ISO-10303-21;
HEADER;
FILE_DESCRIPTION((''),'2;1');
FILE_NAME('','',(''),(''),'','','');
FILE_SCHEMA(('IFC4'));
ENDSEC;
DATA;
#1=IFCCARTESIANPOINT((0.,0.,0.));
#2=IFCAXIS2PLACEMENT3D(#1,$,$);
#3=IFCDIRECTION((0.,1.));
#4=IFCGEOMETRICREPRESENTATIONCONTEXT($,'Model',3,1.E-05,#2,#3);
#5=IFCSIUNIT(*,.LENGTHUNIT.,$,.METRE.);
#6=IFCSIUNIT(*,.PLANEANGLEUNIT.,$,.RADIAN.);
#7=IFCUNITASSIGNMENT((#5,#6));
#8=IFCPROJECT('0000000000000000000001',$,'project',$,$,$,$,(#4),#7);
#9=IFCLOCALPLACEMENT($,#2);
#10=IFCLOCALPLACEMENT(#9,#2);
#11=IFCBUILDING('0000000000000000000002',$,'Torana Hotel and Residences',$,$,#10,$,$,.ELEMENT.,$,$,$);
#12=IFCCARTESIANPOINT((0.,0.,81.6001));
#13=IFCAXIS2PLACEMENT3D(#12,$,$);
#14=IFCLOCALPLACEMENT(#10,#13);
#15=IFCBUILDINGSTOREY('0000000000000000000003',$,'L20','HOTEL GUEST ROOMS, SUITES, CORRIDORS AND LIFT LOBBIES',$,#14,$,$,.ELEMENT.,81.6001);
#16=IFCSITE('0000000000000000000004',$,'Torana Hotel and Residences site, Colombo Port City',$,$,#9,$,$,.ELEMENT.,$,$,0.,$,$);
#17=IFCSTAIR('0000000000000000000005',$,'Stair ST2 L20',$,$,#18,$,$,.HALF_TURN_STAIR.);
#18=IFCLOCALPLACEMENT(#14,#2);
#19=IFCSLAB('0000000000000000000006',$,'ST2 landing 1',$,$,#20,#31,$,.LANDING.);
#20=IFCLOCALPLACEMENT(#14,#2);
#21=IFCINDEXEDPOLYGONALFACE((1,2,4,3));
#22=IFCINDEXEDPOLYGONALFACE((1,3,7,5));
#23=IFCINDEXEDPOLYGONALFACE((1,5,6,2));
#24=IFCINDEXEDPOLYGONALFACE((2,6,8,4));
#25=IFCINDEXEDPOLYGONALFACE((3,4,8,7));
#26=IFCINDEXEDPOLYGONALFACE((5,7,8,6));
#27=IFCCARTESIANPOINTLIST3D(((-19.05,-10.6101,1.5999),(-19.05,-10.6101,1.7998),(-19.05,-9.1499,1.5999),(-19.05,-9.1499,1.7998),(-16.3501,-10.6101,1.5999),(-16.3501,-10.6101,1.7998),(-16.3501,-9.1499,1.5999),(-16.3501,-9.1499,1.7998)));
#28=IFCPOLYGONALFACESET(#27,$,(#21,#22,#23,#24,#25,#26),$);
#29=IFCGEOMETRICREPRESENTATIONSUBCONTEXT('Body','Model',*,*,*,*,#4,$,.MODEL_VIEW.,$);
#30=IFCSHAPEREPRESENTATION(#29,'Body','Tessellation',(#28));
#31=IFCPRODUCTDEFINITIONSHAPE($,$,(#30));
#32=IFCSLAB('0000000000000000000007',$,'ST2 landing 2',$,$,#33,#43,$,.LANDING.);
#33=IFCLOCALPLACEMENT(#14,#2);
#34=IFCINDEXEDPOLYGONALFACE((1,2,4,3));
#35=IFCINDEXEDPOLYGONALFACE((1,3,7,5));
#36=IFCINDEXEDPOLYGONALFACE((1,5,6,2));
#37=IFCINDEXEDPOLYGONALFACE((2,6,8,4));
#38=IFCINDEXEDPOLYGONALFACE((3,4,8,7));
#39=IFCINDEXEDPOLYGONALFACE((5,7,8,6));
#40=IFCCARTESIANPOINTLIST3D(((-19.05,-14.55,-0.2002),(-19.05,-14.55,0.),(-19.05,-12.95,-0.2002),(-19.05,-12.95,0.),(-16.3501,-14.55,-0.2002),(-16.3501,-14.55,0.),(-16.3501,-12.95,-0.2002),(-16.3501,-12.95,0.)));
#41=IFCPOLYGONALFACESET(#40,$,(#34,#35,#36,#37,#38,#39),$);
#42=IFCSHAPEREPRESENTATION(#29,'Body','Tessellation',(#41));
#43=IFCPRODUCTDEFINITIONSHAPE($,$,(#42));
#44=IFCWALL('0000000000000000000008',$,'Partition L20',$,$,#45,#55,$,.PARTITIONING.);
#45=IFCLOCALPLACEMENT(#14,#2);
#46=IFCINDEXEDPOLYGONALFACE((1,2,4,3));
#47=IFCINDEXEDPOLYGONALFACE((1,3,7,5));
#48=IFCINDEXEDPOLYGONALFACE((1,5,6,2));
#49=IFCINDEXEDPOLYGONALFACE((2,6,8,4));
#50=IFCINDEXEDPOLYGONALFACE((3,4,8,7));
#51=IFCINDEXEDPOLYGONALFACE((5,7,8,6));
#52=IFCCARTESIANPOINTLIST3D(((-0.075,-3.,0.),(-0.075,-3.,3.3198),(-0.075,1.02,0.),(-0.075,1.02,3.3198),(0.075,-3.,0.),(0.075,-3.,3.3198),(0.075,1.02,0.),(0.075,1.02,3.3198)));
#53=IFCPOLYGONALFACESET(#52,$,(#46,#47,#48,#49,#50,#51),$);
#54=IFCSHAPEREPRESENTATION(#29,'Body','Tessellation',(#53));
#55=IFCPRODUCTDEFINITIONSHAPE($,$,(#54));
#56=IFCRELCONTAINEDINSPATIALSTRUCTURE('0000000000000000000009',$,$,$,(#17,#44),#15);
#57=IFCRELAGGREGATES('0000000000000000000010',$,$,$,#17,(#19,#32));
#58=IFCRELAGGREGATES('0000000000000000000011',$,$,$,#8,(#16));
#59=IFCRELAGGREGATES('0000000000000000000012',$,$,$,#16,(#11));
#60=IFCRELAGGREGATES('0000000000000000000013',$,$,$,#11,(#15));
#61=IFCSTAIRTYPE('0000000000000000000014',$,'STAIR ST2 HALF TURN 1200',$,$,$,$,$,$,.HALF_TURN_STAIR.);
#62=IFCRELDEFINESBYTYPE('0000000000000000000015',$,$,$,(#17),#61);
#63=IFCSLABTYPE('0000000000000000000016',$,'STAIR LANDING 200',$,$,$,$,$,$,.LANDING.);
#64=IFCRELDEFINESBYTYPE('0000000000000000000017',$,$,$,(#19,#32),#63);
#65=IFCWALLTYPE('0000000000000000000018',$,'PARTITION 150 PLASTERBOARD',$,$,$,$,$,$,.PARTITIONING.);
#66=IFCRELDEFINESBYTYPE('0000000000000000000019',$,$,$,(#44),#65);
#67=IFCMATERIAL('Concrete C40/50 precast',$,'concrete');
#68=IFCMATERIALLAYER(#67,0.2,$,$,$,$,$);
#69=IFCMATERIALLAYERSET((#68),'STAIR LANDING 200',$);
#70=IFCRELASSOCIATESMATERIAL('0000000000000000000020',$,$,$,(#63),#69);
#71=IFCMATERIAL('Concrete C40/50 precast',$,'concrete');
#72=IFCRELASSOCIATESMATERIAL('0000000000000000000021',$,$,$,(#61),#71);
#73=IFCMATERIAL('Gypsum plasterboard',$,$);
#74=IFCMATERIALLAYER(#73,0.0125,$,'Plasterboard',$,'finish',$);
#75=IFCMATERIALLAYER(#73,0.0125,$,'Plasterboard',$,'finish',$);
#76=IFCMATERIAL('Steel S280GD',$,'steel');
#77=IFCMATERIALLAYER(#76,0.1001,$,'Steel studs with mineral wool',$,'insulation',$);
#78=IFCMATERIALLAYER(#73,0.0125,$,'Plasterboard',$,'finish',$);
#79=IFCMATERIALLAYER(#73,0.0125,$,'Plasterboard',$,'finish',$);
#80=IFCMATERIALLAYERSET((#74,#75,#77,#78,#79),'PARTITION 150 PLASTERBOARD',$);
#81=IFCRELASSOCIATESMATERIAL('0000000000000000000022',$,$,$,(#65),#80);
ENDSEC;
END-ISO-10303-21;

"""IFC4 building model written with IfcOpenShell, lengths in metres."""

from ifc_helpers import new_model, si_unit, direction, frame, frame_2d, origin, place, context, subcontext, project, spatial, polyline, rectangle, outline, extrude, material, layer, layer_set, type_object, element, aggregate, save


model = new_model("IFC4")

# Units and contexts
model_context = context("Model", 3, precision=1e-05, world=origin(), true_north=direction((0.0, 1.0)))
body_context = subcontext(model_context, "Body", "Model", "MODEL_VIEW")
ifc_project = project(units=[si_unit("LENGTHUNIT", "METRE"), si_unit("PLANEANGLEUNIT", "RADIAN")], contexts=[model_context])

# Site, building, storey
site_placement = place(None, origin())
site = spatial("IfcSite", under=ifc_project, at=site_placement, Name="Torana Hotel and Residences site, Colombo Port City", CompositionType="ELEMENT", RefElevation=0.0)
building_placement = place(site_placement, origin())
building = spatial("IfcBuilding", under=site, at=building_placement, Name="Torana Hotel and Residences", CompositionType="ELEMENT")
storey_placement = place(building_placement, frame((0.0, 0.0, 81.6001)))
storey = spatial("IfcBuildingStorey", under=building, at=storey_placement, Name="L20", Description="HOTEL GUEST ROOMS, SUITES, CORRIDORS AND LIFT LOBBIES", CompositionType="ELEMENT", Elevation=81.6001)

# Stair, slabs
ifc_material_1 = material(Name="Concrete C40/50 precast", Category="concrete")
ifc_layer_1 = layer(ifc_material_1, 0.2)
ifc_layer_set_1 = layer_set([ifc_layer_1], Name="STAIR LANDING 200")
slab_type_1 = type_object("IfcSlabType", Name="STAIR LANDING 200", PredefinedType="LANDING", material=ifc_layer_set_1)
ifc_material_2 = material(Name="Concrete C40/50 precast", Category="concrete")
stair_type_1 = type_object("IfcStairType", Name="STAIR ST2 HALF TURN 1200", PredefinedType="HALF_TURN_STAIR", material=ifc_material_2)
stair_1_placement = place(storey_placement, origin())
stair_1 = element("IfcStair", 1, at=stair_1_placement, inside=storey, type_object=stair_type_1, Name="Stair ST2 L20", PredefinedType="HALF_TURN_STAIR")
slab_1_placement = place(storey_placement, frame((0.0, 0.0, 1.5999)))
slab_1 = element("IfcSlab", 2, at=slab_1_placement, type_object=slab_type_1, Name="ST2 landing 1", PredefinedType="LANDING", context=body_context, shape_type="SweptSolid", body=[
    extrude(outline(polyline([(-19.05, -10.6101), (-16.3501, -10.6101), (-16.3501, -9.1499), (-19.05, -9.1499), (-19.05, -10.6101)])), origin(), (0.0, 0.0, 1.0), 0.2),
])
slab_2_placement = place(storey_placement, frame((0.0, 0.0, -0.2002)))
slab_2 = element("IfcSlab", 3, at=slab_2_placement, type_object=slab_type_1, Name="ST2 landing 2", PredefinedType="LANDING", context=body_context, shape_type="SweptSolid", body=[
    extrude(outline(polyline([(-19.05, -14.55), (-16.3501, -14.55), (-16.3501, -12.95), (-19.05, -12.95), (-19.05, -14.55)])), origin(), (0.0, 0.0, 1.0), 0.2002),
])
aggregate(stair_1, [slab_1, slab_2])

# Wall
ifc_material_3 = material(Name="Gypsum plasterboard")
ifc_layer_2 = layer(ifc_material_3, 0.0125, Name="Plasterboard", Category="finish")
ifc_layer_3 = layer(ifc_material_3, 0.0125, Name="Plasterboard", Category="finish")
ifc_material_4 = material(Name="Steel S280GD", Category="steel")
ifc_layer_4 = layer(ifc_material_4, 0.1001, Name="Steel studs with mineral wool", Category="insulation")
ifc_layer_5 = layer(ifc_material_3, 0.0125, Name="Plasterboard", Category="finish")
ifc_layer_6 = layer(ifc_material_3, 0.0125, Name="Plasterboard", Category="finish")
ifc_layer_set_2 = layer_set([ifc_layer_2, ifc_layer_3, ifc_layer_4, ifc_layer_5, ifc_layer_6], Name="PARTITION 150 PLASTERBOARD")
wall_type = type_object("IfcWallType", Name="PARTITION 150 PLASTERBOARD", PredefinedType="PARTITIONING", material=ifc_layer_set_2)
wall_placement = place(storey_placement, frame((0.0, -3.0, 0.0), z_axis=(0.0, 0.0, 1.0), x_axis=(0.0, 1.0, 0.0)))
element("IfcWall", 4, at=wall_placement, inside=storey, type_object=wall_type, Name="Partition L20", PredefinedType="PARTITIONING", context=body_context, shape_type="SweptSolid", body=[
    extrude(rectangle(XDim=4.02, YDim=0.1499, at=frame_2d((2.01, 0.0))), origin(), (0.0, 0.0, 1.0), 3.3198),
])

save(model, "model.ifc")
